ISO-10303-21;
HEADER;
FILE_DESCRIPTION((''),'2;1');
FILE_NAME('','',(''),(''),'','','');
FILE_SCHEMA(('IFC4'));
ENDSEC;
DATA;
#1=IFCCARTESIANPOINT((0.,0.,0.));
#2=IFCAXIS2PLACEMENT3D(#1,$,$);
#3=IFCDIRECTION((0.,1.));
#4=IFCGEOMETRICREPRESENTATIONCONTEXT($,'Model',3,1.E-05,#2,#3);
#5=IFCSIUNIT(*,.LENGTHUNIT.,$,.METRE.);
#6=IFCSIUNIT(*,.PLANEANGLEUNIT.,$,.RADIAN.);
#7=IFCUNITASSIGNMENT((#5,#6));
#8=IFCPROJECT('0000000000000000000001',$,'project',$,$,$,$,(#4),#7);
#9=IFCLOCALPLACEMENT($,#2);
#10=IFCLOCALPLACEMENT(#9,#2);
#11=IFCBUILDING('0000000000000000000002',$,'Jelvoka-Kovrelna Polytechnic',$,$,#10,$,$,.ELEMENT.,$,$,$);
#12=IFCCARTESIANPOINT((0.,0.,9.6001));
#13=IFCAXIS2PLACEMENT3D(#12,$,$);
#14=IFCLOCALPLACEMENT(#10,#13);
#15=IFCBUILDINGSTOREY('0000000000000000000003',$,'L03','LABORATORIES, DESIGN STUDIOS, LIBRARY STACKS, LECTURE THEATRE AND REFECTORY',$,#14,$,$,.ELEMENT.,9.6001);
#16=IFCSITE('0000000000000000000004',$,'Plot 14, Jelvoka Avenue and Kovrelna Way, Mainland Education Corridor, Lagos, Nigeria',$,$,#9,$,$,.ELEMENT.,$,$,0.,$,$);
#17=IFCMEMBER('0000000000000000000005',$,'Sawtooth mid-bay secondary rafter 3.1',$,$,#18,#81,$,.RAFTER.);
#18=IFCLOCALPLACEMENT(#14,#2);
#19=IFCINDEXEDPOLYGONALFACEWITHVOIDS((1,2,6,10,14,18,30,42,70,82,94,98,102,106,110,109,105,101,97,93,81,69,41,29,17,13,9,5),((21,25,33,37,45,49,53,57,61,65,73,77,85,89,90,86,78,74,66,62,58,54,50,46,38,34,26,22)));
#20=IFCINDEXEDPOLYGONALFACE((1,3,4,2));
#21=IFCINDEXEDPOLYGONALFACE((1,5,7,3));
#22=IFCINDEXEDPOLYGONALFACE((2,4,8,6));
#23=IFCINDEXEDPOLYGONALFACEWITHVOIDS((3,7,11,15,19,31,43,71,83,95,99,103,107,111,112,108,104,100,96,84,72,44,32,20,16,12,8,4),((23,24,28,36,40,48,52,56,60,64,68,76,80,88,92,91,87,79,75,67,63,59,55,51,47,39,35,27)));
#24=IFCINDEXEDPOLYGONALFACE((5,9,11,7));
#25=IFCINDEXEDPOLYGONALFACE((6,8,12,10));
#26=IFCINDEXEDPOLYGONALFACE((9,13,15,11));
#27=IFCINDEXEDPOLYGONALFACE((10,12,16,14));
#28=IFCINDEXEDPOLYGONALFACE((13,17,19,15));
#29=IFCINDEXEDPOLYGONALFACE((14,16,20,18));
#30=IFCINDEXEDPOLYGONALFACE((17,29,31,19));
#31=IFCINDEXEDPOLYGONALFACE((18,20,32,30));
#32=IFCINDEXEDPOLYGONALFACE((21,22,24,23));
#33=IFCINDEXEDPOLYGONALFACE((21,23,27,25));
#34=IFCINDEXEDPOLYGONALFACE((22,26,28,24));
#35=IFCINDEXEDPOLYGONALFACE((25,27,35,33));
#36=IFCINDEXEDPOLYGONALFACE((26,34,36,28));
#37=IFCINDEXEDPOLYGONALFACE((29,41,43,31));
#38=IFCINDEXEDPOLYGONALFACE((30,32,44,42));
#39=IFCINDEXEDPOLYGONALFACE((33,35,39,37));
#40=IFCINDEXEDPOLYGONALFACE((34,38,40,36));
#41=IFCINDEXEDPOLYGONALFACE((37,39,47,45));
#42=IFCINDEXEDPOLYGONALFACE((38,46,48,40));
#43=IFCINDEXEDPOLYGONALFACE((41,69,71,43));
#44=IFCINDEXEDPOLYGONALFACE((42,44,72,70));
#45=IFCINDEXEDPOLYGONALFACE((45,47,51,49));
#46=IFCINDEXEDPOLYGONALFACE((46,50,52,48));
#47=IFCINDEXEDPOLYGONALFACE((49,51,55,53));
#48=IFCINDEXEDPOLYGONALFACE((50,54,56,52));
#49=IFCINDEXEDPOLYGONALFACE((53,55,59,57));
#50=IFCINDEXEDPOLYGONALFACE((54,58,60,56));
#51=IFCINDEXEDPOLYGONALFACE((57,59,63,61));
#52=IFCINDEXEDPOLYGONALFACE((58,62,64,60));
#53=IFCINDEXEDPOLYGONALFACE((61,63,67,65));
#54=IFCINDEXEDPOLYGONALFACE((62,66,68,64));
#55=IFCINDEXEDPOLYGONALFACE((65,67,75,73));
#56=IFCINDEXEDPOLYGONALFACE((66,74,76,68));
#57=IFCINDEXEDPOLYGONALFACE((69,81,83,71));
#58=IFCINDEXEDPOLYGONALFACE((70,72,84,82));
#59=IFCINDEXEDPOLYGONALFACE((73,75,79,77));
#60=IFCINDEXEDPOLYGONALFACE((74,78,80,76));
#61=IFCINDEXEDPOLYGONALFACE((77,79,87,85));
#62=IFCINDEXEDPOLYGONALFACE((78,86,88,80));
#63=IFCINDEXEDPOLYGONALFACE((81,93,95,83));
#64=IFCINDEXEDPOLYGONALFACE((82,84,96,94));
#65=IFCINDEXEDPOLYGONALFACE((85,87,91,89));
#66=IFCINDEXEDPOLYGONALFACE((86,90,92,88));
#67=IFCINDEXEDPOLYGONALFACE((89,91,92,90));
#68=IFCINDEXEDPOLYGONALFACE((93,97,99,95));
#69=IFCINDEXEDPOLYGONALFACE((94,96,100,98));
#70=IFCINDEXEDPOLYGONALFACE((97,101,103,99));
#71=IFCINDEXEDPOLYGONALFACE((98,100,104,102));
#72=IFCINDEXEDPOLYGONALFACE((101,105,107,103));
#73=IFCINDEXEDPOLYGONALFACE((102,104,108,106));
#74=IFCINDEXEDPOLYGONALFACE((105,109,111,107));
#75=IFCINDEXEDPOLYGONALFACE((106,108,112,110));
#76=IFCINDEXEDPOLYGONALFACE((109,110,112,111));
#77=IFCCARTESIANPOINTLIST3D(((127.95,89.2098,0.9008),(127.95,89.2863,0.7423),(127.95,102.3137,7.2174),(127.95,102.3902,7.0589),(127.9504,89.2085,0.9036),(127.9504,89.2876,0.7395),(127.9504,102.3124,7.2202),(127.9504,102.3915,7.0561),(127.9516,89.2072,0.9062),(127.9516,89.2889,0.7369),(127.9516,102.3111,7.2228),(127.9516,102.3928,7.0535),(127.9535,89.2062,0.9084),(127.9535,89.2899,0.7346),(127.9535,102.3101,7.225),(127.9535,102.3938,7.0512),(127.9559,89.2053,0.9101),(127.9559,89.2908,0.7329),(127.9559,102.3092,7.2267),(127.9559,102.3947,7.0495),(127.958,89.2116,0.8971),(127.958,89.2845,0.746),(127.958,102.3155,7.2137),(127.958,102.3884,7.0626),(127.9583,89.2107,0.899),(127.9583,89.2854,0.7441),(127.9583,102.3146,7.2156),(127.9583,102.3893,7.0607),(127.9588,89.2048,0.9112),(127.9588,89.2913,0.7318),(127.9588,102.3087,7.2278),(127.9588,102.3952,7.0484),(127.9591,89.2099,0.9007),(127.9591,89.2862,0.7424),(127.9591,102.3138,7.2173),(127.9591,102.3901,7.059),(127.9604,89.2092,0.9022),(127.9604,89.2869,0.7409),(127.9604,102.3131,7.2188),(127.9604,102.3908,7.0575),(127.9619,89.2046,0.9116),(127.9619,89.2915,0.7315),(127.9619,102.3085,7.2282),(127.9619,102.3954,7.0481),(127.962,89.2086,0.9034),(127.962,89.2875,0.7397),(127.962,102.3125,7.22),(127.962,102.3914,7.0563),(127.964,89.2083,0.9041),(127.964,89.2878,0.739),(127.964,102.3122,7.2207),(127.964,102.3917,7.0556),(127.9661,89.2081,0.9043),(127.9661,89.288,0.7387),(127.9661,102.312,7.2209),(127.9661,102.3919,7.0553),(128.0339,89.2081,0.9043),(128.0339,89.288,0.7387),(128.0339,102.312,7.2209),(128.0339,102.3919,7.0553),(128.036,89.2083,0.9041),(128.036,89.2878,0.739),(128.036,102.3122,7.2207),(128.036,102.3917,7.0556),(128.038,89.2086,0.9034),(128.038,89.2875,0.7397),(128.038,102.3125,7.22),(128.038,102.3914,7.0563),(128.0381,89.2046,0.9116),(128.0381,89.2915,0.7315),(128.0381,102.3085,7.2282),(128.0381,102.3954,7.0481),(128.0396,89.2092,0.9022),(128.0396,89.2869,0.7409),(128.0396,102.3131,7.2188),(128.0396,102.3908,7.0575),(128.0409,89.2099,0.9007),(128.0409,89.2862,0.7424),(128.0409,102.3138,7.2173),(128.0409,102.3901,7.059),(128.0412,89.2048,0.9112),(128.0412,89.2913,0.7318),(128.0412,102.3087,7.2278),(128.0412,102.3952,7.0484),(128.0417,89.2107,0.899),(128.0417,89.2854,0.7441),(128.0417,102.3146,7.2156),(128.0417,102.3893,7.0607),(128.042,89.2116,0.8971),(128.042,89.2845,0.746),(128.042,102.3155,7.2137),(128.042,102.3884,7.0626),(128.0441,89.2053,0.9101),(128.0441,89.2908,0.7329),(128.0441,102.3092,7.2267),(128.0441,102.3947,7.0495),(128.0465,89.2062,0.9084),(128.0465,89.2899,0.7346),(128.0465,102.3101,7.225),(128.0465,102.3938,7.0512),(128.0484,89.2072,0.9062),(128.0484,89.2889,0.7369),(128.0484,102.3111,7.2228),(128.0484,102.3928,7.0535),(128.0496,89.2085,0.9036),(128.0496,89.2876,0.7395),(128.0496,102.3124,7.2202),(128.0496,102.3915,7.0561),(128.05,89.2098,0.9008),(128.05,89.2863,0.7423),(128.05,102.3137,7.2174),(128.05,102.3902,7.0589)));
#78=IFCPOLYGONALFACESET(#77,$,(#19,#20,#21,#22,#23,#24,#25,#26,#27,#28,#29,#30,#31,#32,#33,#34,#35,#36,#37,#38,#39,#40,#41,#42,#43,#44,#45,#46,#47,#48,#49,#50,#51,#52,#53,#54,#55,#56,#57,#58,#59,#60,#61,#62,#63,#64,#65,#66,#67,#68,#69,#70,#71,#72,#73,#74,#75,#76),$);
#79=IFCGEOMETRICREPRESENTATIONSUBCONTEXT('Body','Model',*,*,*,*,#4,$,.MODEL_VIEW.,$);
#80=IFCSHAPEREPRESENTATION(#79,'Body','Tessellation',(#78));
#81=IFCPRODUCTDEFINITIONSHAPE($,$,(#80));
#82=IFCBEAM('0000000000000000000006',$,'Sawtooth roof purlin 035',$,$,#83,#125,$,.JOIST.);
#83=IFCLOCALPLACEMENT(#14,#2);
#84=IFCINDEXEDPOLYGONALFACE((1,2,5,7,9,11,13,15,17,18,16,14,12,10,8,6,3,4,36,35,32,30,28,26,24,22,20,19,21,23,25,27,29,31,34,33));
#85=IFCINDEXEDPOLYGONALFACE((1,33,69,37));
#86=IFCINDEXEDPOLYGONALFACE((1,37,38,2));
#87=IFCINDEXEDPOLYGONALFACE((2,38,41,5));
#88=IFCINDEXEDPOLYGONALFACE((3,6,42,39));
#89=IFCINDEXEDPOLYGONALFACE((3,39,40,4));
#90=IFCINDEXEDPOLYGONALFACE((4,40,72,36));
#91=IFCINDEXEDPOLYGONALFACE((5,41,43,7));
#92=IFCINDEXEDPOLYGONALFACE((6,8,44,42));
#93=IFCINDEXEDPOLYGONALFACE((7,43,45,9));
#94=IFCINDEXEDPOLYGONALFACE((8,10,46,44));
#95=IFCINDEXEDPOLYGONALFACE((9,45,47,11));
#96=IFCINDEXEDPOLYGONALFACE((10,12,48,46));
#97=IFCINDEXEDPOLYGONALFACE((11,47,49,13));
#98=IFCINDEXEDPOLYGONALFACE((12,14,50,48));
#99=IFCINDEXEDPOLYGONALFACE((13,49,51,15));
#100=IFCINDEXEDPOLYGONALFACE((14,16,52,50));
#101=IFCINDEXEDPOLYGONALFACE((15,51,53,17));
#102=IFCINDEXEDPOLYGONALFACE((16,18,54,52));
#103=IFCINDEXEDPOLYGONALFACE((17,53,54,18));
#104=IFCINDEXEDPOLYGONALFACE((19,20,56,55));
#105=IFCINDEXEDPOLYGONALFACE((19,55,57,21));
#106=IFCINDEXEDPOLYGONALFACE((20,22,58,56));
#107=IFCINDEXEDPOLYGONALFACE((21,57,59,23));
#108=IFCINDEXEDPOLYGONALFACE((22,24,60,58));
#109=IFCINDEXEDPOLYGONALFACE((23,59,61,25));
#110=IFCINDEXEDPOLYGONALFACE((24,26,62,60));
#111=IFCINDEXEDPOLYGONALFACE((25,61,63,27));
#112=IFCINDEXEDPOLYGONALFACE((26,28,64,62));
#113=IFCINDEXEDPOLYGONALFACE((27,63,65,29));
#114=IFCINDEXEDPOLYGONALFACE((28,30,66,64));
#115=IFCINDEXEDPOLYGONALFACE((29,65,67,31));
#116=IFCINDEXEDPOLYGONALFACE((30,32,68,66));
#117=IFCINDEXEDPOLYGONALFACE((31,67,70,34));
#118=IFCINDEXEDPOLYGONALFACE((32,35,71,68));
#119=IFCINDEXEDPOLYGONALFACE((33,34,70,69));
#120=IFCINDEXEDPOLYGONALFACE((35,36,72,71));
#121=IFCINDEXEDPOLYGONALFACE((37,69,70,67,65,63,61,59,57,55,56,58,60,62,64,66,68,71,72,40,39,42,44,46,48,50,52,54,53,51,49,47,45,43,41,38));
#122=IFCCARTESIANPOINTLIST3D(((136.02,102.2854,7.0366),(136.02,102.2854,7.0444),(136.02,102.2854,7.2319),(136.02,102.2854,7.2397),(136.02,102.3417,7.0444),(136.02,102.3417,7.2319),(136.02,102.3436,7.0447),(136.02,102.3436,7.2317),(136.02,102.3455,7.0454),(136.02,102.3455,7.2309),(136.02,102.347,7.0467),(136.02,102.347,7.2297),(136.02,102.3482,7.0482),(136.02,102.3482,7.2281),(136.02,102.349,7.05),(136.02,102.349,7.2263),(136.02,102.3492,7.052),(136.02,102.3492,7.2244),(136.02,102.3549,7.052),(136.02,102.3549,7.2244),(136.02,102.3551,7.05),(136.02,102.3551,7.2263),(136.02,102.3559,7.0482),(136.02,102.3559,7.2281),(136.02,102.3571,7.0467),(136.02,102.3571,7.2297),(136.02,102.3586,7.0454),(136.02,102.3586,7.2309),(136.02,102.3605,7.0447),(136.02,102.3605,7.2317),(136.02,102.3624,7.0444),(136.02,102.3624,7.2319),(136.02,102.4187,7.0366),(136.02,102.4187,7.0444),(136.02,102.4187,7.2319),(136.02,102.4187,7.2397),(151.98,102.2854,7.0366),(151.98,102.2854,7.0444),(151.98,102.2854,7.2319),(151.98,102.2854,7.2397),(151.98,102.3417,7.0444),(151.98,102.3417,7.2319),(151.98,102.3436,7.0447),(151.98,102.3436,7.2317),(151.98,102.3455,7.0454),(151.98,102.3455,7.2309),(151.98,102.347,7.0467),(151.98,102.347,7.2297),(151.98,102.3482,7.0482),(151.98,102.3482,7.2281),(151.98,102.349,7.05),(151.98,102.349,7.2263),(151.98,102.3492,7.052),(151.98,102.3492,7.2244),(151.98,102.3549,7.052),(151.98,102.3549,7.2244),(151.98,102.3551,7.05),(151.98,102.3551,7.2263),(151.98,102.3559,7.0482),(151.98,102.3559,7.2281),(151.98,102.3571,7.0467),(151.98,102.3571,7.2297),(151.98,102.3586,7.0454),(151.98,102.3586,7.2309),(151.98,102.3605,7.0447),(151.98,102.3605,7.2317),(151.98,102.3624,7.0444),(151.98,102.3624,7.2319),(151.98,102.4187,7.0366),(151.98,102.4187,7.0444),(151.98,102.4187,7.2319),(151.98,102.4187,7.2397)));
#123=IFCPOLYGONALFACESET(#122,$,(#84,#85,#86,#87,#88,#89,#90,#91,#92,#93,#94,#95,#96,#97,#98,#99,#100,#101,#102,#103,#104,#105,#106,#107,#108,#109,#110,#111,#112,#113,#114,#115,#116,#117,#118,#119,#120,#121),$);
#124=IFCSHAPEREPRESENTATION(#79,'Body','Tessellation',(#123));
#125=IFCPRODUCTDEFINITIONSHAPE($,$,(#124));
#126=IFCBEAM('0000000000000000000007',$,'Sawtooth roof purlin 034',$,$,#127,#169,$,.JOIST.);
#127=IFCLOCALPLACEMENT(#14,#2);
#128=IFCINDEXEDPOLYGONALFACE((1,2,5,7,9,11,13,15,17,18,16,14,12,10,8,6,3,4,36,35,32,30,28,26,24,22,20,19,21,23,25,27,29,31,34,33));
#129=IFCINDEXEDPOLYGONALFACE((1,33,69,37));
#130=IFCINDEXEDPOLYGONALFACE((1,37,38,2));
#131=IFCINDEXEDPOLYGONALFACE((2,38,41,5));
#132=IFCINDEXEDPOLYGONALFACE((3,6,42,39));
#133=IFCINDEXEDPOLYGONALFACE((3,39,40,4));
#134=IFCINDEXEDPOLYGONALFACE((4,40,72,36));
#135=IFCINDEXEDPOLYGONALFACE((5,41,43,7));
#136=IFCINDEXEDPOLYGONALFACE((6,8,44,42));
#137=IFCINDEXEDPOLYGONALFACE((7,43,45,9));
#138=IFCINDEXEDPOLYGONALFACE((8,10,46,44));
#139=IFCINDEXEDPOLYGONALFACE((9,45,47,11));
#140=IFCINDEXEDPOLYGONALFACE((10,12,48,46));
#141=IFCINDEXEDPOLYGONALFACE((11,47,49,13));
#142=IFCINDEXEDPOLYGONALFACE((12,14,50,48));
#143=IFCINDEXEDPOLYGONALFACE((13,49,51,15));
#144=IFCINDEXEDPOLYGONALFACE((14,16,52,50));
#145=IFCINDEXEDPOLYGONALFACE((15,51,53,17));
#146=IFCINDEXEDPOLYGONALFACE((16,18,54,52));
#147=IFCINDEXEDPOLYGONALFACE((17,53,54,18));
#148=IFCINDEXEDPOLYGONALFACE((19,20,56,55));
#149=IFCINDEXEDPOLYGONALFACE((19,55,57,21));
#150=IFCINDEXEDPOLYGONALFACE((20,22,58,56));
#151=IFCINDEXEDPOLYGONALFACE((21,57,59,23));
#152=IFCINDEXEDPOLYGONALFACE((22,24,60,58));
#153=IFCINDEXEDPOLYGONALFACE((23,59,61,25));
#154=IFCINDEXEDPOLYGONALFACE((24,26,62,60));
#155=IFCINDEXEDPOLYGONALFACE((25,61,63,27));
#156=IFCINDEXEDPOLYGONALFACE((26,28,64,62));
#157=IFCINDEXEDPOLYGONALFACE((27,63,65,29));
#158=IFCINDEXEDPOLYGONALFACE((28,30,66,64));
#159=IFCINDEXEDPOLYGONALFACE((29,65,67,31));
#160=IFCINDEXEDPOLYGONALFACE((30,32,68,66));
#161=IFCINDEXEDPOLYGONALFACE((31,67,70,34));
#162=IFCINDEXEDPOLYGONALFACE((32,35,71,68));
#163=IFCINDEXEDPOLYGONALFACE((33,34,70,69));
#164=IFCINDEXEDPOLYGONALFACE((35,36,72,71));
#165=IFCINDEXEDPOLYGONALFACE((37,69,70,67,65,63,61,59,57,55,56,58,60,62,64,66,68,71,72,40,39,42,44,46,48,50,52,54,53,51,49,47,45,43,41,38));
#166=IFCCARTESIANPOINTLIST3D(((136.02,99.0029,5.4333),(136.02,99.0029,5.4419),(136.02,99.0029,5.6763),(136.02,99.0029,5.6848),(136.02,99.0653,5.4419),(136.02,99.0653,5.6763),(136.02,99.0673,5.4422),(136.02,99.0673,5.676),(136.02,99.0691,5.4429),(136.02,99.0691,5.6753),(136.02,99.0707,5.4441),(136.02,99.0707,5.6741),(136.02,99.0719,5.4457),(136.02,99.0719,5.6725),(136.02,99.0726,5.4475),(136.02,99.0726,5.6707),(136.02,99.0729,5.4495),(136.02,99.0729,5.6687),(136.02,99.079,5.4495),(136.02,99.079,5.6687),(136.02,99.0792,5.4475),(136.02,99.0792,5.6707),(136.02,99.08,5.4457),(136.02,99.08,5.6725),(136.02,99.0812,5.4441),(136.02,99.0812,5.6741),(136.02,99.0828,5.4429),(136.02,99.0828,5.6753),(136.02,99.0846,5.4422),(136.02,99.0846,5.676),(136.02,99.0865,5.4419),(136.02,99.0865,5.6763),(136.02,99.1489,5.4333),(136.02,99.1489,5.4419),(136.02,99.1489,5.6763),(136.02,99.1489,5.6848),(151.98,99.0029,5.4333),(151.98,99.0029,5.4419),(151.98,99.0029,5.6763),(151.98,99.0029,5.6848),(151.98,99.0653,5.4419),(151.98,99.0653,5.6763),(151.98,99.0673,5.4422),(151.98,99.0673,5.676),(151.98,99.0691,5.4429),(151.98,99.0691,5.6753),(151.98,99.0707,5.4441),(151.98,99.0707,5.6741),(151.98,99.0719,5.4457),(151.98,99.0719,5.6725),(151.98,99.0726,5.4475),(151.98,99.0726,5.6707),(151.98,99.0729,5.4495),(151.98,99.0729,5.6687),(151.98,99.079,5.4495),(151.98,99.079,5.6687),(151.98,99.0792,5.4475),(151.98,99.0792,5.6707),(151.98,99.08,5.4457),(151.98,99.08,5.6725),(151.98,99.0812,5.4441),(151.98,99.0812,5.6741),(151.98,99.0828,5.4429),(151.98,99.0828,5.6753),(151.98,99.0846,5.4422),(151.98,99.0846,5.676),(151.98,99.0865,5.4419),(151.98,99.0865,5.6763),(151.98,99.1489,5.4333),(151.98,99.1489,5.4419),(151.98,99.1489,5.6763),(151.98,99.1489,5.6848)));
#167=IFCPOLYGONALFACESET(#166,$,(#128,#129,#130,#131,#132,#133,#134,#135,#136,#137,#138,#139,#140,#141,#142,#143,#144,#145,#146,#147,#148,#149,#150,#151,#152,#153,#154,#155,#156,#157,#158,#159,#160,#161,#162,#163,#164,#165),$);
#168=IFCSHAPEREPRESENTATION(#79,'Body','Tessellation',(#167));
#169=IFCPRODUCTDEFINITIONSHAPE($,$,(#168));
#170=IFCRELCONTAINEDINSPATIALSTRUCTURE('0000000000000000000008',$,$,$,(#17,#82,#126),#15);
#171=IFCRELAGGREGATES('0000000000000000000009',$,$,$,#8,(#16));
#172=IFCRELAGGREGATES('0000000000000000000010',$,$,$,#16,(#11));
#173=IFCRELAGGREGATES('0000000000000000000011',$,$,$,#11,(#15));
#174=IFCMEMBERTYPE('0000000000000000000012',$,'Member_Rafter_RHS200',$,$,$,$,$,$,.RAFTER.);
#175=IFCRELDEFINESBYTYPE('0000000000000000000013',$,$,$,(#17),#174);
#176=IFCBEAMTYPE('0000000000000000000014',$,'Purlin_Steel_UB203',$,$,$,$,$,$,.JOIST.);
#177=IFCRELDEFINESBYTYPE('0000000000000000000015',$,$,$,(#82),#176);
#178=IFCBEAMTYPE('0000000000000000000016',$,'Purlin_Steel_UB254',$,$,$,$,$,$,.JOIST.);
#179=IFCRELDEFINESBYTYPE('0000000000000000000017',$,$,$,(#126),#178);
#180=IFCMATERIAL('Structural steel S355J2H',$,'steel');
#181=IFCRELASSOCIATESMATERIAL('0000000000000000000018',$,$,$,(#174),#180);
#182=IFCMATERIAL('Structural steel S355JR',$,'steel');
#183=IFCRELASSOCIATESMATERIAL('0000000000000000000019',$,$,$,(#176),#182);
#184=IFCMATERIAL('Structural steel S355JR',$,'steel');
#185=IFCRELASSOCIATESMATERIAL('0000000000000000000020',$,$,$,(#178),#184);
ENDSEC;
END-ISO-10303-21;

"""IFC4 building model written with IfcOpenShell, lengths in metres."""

from ifc_helpers import new_model, si_unit, direction, frame, origin, origin_2d, place, context, subcontext, project, spatial, hollow_rectangle, i_section, extrude, material, material_profile, profile_set, type_object, element, save


model = new_model("IFC4")

# Units and contexts
model_context = context("Model", 3, precision=1e-05, world=origin(), true_north=direction((0.0, 1.0)))
body_context = subcontext(model_context, "Body", "Model", "MODEL_VIEW")
ifc_project = project(units=[si_unit("LENGTHUNIT", "METRE"), si_unit("PLANEANGLEUNIT", "RADIAN")], contexts=[model_context])

# Site, building, storey
site_placement = place(None, origin())
site = spatial("IfcSite", under=ifc_project, at=site_placement, Name="Plot 14, Jelvoka Avenue and Kovrelna Way, Mainland Education Corridor, Lagos, Nigeria", CompositionType="ELEMENT", RefElevation=0.0)
building_placement = place(site_placement, origin())
building = spatial("IfcBuilding", under=site, at=building_placement, Name="Jelvoka-Kovrelna Polytechnic", CompositionType="ELEMENT")
storey_placement = place(building_placement, frame((0.0, 0.0, 9.6001)))
storey = spatial("IfcBuildingStorey", under=building, at=storey_placement, Name="L03", Description="LABORATORIES, DESIGN STUDIOS, LIBRARY STACKS, LECTURE THEATRE AND REFECTORY", CompositionType="ELEMENT", Elevation=9.6001)

# Member
ifc_material_1 = material(Name="Structural steel S355J2H", Category="steel")
ifc_material_profile_1 = material_profile(ifc_material_1, hollow_rectangle(XDim=0.1001, YDim=0.2, WallThickness=0.0081, InnerFilletRadius=0.0081, OuterFilletRadius=0.012, at=origin_2d()), Name="200x100x8.0 RHS")
ifc_profile_set_1 = profile_set([ifc_material_profile_1], Name="Structural steel S355J2H")
member_type_1 = type_object("IfcMemberType", Name="Member_Rafter_RHS200", PredefinedType="RAFTER", material=ifc_profile_set_1)
member_1_placement = place(storey_placement, frame((128.0, 89.248, 0.8215), z_axis=(0.0, 0.900805, 0.434224), x_axis=(-1.0, 0.0, 0.0)))
element("IfcMember", 1, at=member_1_placement, inside=storey, type_object=member_type_1, Name="Sawtooth mid-bay secondary rafter 3.1", PredefinedType="RAFTER", context=body_context, shape_type="SweptSolid", body=[
    extrude(hollow_rectangle(XDim=0.1001, YDim=0.2, WallThickness=0.0081, InnerFilletRadius=0.0081, OuterFilletRadius=0.012, at=origin_2d()), origin(), (0.0, 0.0, 1.0), 14.5469),
])

# Beams
ifc_material_2 = material(Name="Structural steel S355JR", Category="steel")
ifc_material_profile_2 = material_profile(ifc_material_2, i_section(OverallWidth=0.1333, OverallDepth=0.2031, WebThickness=0.0056, FlangeThickness=0.0078, FilletRadius=0.0076, at=origin_2d()), Name="203x133x25 UB")
ifc_profile_set_2 = profile_set([ifc_material_profile_2], Name="Structural steel S355JR")
beam_type_1 = type_object("IfcBeamType", Name="Purlin_Steel_UB203", PredefinedType="JOIST", material=ifc_profile_set_2)
beam_1_placement = place(storey_placement, frame((136.02, 102.3521, 7.1382), z_axis=(1.0, 0.0, 0.0), x_axis=(0.0, 1.0, 0.0)))
element("IfcBeam", 2, at=beam_1_placement, inside=storey, type_object=beam_type_1, Name="Sawtooth roof purlin 035", PredefinedType="JOIST", context=body_context, shape_type="SweptSolid", body=[
    extrude(i_section(OverallWidth=0.1333, OverallDepth=0.2031, WebThickness=0.0056, FlangeThickness=0.0078, FilletRadius=0.0076, at=origin_2d()), origin(), (0.0, 0.0, 1.0), 15.96),
])
ifc_material_3 = material(Name="Structural steel S355JR", Category="steel")
ifc_material_profile_3 = material_profile(ifc_material_3, i_section(OverallWidth=0.146, OverallDepth=0.2515, WebThickness=0.0061, FlangeThickness=0.0085, FilletRadius=0.0076, at=origin_2d()), Name="254x146x31 UB")
ifc_profile_set_3 = profile_set([ifc_material_profile_3], Name="Structural steel S355JR")
beam_type_2 = type_object("IfcBeamType", Name="Purlin_Steel_UB254", PredefinedType="JOIST", material=ifc_profile_set_3)
beam_2_placement = place(storey_placement, frame((136.02, 99.0759, 5.5591), z_axis=(1.0, 0.0, 0.0), x_axis=(0.0, 1.0, 0.0)))
element("IfcBeam", 3, at=beam_2_placement, inside=storey, type_object=beam_type_2, Name="Sawtooth roof purlin 034", PredefinedType="JOIST", context=body_context, shape_type="SweptSolid", body=[
    extrude(i_section(OverallWidth=0.146, OverallDepth=0.2515, WebThickness=0.0061, FlangeThickness=0.0085, FilletRadius=0.0076, at=origin_2d()), origin(), (0.0, 0.0, 1.0), 15.96),
])

save(model, "model.ifc")
